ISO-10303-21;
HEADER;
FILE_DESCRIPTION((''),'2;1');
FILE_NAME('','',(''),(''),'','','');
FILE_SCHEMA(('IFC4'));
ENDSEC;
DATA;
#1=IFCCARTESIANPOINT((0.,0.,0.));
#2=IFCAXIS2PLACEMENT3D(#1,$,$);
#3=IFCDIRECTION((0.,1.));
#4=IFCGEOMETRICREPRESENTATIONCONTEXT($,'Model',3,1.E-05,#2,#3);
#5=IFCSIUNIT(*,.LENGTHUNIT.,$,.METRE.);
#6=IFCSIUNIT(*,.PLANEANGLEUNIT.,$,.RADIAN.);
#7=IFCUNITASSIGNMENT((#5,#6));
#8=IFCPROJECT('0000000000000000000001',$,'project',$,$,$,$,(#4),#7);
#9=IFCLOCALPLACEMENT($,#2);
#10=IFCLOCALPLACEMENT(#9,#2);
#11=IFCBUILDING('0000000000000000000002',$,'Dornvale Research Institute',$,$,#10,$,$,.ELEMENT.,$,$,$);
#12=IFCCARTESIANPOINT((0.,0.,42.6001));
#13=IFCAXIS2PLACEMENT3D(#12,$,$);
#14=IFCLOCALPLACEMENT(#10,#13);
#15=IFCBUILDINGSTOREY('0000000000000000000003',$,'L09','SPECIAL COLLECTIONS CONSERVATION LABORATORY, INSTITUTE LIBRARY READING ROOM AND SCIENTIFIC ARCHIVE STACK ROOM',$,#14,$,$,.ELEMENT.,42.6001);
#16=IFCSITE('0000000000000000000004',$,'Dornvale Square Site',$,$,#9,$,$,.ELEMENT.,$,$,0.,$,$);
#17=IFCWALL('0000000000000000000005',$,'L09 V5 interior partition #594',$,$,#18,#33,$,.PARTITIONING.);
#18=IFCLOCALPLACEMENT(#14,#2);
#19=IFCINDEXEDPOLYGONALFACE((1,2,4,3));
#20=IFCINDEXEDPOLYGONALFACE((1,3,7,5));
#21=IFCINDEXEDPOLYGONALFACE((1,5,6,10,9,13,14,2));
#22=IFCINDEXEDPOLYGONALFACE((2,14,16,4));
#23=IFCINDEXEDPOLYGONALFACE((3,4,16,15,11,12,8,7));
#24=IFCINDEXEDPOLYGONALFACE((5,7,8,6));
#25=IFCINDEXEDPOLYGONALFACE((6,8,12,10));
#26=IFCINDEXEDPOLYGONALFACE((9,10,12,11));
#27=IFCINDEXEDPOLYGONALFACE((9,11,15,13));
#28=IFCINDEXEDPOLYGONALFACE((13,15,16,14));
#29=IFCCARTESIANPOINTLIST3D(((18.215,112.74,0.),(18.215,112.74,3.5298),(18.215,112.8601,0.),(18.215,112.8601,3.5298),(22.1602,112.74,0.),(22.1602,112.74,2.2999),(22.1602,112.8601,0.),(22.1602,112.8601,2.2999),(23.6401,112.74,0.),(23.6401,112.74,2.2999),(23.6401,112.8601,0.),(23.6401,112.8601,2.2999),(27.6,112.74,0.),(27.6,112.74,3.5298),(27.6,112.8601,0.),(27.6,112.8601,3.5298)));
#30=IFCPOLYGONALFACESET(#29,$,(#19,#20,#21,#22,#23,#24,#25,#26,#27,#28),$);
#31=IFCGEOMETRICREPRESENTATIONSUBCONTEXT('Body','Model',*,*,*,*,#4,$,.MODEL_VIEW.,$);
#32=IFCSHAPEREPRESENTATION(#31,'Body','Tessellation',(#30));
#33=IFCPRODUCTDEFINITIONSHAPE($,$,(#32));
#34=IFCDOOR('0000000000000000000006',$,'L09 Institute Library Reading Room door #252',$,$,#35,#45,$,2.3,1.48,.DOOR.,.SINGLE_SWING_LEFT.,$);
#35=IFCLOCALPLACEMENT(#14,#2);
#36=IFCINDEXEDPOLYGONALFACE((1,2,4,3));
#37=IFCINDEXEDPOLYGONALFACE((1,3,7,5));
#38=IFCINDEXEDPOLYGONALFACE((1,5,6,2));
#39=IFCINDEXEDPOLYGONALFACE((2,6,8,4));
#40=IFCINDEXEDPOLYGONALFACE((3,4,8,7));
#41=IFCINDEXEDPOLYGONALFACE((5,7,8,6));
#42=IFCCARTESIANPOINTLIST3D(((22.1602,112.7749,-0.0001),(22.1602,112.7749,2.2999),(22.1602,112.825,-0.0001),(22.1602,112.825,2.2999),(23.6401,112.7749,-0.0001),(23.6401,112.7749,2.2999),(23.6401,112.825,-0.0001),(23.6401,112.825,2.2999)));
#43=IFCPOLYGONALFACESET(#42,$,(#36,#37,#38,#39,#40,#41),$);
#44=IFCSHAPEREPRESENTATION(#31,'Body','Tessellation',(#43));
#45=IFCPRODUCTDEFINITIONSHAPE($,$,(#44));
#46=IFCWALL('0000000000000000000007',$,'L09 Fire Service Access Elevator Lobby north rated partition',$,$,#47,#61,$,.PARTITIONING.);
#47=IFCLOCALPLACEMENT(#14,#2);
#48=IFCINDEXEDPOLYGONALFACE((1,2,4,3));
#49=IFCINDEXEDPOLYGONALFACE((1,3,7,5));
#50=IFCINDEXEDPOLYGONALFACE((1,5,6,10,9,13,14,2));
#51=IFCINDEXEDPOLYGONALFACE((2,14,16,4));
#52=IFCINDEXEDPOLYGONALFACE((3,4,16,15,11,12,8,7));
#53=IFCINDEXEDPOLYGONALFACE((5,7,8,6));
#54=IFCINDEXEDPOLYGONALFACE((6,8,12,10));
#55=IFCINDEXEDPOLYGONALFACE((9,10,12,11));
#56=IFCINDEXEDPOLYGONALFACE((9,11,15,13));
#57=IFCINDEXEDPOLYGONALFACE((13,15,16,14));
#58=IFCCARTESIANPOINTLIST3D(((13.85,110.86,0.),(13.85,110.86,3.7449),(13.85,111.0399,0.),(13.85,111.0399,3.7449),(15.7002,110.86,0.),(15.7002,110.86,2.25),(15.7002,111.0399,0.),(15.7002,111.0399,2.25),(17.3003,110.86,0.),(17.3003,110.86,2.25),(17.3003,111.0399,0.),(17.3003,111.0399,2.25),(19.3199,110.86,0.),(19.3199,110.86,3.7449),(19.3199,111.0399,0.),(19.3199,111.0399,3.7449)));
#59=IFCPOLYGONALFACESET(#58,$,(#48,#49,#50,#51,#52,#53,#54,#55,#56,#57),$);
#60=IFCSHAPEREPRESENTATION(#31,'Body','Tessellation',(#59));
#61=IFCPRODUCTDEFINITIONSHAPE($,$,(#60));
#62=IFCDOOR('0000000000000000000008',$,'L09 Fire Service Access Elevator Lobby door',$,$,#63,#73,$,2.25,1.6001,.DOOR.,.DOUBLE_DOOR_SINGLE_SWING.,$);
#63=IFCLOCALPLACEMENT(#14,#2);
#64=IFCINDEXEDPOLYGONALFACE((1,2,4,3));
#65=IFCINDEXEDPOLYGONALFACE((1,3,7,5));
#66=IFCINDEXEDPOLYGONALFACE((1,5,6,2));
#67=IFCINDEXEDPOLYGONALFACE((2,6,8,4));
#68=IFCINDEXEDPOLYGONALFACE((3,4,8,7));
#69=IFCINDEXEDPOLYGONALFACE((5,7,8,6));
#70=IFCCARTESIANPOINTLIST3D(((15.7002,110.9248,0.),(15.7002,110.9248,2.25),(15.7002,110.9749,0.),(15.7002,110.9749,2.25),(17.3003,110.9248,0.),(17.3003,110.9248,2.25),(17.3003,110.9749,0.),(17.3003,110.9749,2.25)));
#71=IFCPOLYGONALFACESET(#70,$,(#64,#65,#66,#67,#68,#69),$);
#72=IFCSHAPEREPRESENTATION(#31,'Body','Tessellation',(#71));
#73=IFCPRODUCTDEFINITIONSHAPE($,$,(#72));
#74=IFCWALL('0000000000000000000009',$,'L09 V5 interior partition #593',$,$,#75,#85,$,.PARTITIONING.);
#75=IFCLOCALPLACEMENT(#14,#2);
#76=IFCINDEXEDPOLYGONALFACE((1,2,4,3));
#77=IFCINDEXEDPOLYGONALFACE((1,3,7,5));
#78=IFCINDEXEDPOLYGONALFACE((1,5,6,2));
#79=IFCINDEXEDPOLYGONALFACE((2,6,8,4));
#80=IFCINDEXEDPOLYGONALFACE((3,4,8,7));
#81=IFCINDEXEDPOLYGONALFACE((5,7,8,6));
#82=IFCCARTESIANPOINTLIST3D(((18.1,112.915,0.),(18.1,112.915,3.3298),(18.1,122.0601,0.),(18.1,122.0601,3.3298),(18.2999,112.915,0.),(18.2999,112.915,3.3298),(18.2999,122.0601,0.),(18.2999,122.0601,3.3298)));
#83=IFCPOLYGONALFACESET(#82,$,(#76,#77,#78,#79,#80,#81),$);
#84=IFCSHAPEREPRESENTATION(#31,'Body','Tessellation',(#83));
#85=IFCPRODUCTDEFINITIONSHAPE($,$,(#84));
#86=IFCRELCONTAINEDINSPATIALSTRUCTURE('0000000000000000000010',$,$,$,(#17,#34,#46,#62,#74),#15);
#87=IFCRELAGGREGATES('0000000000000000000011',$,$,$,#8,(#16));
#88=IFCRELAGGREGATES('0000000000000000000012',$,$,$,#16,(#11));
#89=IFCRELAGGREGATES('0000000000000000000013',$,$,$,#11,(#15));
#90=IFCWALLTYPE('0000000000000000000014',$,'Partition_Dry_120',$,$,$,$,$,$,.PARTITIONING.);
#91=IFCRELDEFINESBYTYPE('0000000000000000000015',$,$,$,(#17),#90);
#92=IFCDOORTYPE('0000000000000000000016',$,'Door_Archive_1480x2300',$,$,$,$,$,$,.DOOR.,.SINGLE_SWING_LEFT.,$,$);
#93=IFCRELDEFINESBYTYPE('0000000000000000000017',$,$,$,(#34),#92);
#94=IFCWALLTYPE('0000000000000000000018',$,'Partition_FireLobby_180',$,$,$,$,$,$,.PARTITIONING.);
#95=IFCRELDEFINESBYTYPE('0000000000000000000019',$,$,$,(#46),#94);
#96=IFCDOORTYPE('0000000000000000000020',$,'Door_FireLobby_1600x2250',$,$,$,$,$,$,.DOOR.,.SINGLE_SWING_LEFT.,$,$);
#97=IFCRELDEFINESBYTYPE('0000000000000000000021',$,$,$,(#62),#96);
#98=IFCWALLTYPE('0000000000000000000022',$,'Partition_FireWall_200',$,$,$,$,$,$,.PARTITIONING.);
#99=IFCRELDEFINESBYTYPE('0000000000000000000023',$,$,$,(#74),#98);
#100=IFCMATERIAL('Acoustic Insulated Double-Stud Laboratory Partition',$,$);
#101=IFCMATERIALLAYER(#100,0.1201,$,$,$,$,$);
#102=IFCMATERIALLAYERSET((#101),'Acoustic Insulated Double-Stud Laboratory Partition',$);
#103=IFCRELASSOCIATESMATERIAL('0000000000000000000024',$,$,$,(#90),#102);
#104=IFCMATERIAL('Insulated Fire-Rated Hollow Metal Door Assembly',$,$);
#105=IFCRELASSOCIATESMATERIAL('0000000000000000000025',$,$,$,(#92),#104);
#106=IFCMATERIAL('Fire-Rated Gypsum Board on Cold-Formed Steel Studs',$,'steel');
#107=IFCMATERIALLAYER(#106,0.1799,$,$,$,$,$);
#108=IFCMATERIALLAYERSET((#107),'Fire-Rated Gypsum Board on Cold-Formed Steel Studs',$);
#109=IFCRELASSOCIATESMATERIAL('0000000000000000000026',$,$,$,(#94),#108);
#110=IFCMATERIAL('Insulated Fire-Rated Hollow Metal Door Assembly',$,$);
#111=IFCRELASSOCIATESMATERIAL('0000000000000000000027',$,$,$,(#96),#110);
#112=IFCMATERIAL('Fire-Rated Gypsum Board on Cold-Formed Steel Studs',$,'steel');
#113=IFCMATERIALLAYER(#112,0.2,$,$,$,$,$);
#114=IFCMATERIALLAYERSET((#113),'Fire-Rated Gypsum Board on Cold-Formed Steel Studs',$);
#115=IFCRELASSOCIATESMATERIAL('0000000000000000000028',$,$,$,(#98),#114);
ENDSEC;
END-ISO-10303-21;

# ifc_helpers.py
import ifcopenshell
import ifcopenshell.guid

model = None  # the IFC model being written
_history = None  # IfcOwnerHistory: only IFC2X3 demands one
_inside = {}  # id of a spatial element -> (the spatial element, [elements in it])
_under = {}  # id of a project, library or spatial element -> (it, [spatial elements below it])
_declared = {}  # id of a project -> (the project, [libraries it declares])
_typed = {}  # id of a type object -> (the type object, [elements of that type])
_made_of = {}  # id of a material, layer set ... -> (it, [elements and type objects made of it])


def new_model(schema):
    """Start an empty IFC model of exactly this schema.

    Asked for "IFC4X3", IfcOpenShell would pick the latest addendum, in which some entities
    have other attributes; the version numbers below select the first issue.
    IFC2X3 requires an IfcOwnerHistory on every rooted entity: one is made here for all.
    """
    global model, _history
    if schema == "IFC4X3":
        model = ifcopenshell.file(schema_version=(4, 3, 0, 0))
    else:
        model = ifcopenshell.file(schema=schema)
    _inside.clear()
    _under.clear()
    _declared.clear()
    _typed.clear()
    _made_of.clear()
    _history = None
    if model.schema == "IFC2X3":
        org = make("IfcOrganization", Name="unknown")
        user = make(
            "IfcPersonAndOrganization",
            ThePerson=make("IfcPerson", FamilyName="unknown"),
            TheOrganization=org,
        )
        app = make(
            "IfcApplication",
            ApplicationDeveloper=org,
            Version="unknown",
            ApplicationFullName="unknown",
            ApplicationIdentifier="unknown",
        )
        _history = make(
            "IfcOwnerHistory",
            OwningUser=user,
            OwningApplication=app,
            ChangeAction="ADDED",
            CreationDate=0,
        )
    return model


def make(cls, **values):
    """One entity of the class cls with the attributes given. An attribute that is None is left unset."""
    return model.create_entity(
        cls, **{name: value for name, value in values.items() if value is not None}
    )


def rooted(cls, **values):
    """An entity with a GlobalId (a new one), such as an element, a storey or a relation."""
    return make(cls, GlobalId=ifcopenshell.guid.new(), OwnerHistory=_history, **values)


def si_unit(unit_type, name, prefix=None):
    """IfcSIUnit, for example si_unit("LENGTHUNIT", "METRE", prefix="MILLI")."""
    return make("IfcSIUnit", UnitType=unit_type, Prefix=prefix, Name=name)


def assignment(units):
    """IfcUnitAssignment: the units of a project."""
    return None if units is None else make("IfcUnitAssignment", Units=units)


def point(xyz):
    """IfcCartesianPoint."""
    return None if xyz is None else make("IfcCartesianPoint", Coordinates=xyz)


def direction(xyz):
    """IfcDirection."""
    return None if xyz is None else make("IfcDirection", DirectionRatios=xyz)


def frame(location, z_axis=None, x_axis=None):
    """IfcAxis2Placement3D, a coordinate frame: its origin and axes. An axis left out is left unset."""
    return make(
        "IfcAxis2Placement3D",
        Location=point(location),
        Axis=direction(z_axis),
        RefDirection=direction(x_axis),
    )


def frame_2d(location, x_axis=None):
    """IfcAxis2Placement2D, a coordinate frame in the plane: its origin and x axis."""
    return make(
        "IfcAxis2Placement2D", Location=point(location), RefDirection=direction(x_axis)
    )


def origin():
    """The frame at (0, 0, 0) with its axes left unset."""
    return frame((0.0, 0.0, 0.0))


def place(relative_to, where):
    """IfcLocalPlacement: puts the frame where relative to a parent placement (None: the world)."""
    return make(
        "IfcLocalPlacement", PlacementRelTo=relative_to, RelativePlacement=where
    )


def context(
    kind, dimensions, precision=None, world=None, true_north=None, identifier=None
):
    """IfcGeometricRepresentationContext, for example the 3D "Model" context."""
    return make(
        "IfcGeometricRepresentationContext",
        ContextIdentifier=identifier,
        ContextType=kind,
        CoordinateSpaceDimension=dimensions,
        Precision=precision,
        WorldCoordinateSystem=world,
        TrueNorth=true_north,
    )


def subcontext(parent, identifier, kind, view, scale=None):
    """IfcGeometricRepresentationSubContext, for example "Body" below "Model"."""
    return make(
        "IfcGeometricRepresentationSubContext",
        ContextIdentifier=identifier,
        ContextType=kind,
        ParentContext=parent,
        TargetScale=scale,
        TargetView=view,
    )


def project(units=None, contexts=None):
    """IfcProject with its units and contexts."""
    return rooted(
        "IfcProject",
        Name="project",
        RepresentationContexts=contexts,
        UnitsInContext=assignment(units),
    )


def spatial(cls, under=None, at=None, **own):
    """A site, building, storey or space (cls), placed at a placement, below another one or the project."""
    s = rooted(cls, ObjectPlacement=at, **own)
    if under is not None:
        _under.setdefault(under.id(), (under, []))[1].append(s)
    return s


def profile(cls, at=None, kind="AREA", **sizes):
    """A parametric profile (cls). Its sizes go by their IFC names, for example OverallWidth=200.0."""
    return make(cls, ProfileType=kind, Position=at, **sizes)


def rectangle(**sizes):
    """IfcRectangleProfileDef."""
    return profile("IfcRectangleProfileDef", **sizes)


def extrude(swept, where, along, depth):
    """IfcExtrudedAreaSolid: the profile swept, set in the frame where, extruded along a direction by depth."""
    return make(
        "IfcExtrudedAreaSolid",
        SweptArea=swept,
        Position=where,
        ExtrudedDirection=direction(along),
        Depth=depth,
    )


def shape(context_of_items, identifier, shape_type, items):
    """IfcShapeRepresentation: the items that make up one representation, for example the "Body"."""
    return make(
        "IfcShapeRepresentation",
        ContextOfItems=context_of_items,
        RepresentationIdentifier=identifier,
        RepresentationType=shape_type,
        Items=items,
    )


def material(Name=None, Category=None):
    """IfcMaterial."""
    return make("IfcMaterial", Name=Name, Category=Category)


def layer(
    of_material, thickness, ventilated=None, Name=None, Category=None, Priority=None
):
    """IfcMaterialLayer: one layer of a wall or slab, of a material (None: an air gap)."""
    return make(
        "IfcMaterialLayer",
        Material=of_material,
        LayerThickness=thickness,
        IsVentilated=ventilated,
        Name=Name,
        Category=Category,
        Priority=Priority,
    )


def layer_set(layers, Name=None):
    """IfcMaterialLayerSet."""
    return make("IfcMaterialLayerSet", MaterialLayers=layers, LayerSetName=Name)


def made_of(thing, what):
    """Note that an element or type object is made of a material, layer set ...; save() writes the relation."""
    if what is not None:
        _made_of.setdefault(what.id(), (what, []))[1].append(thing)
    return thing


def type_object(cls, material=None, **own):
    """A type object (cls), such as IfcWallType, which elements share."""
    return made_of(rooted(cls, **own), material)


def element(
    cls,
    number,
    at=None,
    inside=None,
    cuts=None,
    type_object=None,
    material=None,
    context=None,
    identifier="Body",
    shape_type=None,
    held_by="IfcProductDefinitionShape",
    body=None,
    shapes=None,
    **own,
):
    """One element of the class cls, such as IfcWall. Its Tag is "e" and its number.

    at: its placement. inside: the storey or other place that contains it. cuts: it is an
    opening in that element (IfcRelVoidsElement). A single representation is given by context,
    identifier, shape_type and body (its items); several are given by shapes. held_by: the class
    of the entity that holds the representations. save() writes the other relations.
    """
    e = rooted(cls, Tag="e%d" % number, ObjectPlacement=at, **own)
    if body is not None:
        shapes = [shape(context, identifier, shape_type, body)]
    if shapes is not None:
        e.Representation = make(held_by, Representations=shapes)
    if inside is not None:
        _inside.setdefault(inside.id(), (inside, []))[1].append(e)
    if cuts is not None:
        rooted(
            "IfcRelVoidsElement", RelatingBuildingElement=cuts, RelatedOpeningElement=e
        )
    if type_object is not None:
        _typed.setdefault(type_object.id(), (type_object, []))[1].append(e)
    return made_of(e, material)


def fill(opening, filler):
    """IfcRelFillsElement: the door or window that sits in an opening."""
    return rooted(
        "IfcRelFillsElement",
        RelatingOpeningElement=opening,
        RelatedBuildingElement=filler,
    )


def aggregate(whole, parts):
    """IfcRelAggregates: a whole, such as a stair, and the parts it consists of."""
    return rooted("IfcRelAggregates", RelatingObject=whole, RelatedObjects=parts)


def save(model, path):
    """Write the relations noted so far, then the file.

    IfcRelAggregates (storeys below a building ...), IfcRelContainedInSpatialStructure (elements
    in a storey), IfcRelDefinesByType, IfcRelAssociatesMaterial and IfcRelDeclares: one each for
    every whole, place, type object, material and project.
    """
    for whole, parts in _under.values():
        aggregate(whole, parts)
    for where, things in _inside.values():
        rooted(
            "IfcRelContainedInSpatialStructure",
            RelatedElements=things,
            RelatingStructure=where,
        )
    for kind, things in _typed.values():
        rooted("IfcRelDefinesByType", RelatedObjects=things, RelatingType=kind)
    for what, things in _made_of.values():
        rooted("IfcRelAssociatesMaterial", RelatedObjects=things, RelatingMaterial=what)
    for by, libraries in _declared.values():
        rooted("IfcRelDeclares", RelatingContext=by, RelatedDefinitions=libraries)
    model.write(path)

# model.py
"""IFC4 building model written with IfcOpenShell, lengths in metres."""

from ifc_helpers import new_model, si_unit, direction, frame, frame_2d, origin, place, context, subcontext, project, spatial, rectangle, extrude, material, layer, layer_set, type_object, element, fill, save


model = new_model("IFC4")

# Units and contexts
model_context = context("Model", 3, precision=1e-05, world=origin(), true_north=direction((0.0, 1.0)))
body_context = subcontext(model_context, "Body", "Model", "MODEL_VIEW")
ifc_project = project(units=[si_unit("LENGTHUNIT", "METRE"), si_unit("PLANEANGLEUNIT", "RADIAN")], contexts=[model_context])

# Site, building, storey
site_placement = place(None, origin())
site = spatial("IfcSite", under=ifc_project, at=site_placement, Name="Dornvale Square Site", CompositionType="ELEMENT", RefElevation=0.0)
building_placement = place(site_placement, origin())
building = spatial("IfcBuilding", under=site, at=building_placement, Name="Dornvale Research Institute", CompositionType="ELEMENT")
storey_placement = place(building_placement, frame((0.0, 0.0, 42.6001)))
storey = spatial("IfcBuildingStorey", under=building, at=storey_placement, Name="L09", Description="SPECIAL COLLECTIONS CONSERVATION LABORATORY, INSTITUTE LIBRARY READING ROOM AND SCIENTIFIC ARCHIVE STACK ROOM", CompositionType="ELEMENT", Elevation=42.6001)

# Walls, openings, doors
ifc_material_1 = material(Name="Acoustic Insulated Double-Stud Laboratory Partition")
ifc_layer_1 = layer(ifc_material_1, 0.1201)
ifc_layer_set_1 = layer_set([ifc_layer_1], Name="Acoustic Insulated Double-Stud Laboratory Partition")
wall_type_1 = type_object("IfcWallType", Name="Partition_Dry_120", PredefinedType="PARTITIONING", material=ifc_layer_set_1)
wall_1_placement = place(storey_placement, frame((18.2151, 112.8, 0.0), z_axis=(0.0, 0.0, 1.0), x_axis=(1.0, 0.0, 0.0)))
wall_1 = element("IfcWall", 1, at=wall_1_placement, inside=storey, type_object=wall_type_1, Name="L09 V5 interior partition #594", PredefinedType="PARTITIONING", context=body_context, shape_type="SweptSolid", body=[
    extrude(rectangle(XDim=9.385, YDim=0.1201, at=frame_2d((4.6924, 0.0))), origin(), (0.0, 0.0, 1.0), 3.5298),
])
opening_1_placement = place(wall_1_placement, frame((3.9451, 0.0, 0.0)))
opening_1 = element("IfcOpeningElement", 2, at=opening_1_placement, cuts=wall_1, PredefinedType="OPENING", context=body_context, shape_type="SweptSolid", body=[
    extrude(rectangle(XDim=1.48, YDim=2.3, at=frame_2d((0.74, 1.1499))), frame((0.0, 0.075, 0.0), z_axis=(0.0, -1.0, 0.0), x_axis=(1.0, 0.0, 0.0)), (0.0, 0.0, 1.0), 0.1501),
])
ifc_material_2 = material(Name="Insulated Fire-Rated Hollow Metal Door Assembly")
door_type_1 = type_object("IfcDoorType", Name="Door_Archive_1480x2300", OperationType="SINGLE_SWING_LEFT", PredefinedType="DOOR", material=ifc_material_2)
door_1_placement = place(opening_1_placement, origin())
door_1 = element("IfcDoor", 3, at=door_1_placement, inside=storey, type_object=door_type_1, Name="L09 Institute Library Reading Room door #252", OperationType="SINGLE_SWING_LEFT", OverallHeight=2.3, OverallWidth=1.48, PredefinedType="DOOR", context=body_context, shape_type="SweptSolid", body=[
    extrude(rectangle(XDim=1.48, YDim=2.3, at=frame_2d((0.74, 1.1499))), frame((0.0, 0.0249, 0.0), z_axis=(0.0, -1.0, 0.0), x_axis=(1.0, 0.0, 0.0)), (0.0, 0.0, 1.0), 0.05),
])
fill(opening_1, door_1)
ifc_material_3 = material(Name="Fire-Rated Gypsum Board on Cold-Formed Steel Studs", Category="steel")
ifc_layer_2 = layer(ifc_material_3, 0.1799)
ifc_layer_set_2 = layer_set([ifc_layer_2], Name="Fire-Rated Gypsum Board on Cold-Formed Steel Studs")
wall_type_2 = type_object("IfcWallType", Name="Partition_FireLobby_180", PredefinedType="PARTITIONING", material=ifc_layer_set_2)
wall_2_placement = place(storey_placement, frame((13.8501, 110.95, 0.0), z_axis=(0.0, 0.0, 1.0), x_axis=(1.0, 0.0, 0.0)))
wall_2 = element("IfcWall", 4, at=wall_2_placement, inside=storey, type_object=wall_type_2, Name="L09 Fire Service Access Elevator Lobby north rated partition", PredefinedType="PARTITIONING", context=body_context, shape_type="SweptSolid", body=[
    extrude(rectangle(XDim=5.47, YDim=0.1799, at=frame_2d((2.7349, 0.0))), origin(), (0.0, 0.0, 1.0), 3.7449),
])
opening_2_placement = place(wall_2_placement, frame((1.8501, 0.0, 0.0)))
opening_2 = element("IfcOpeningElement", 5, at=opening_2_placement, cuts=wall_2, PredefinedType="OPENING", context=body_context, shape_type="SweptSolid", body=[
    extrude(rectangle(XDim=1.6001, YDim=2.25, at=frame_2d((0.8, 1.125))), frame((0.0, 0.105, 0.0), z_axis=(0.0, -1.0, 0.0), x_axis=(1.0, 0.0, 0.0)), (0.0, 0.0, 1.0), 0.21),
])
ifc_material_4 = material(Name="Insulated Fire-Rated Hollow Metal Door Assembly")
door_type_2 = type_object("IfcDoorType", Name="Door_FireLobby_1600x2250", OperationType="SINGLE_SWING_LEFT", PredefinedType="DOOR", material=ifc_material_4)
door_2_placement = place(opening_2_placement, origin())
door_2 = element("IfcDoor", 6, at=door_2_placement, inside=storey, type_object=door_type_2, Name="L09 Fire Service Access Elevator Lobby door", OperationType="DOUBLE_DOOR_SINGLE_SWING", OverallHeight=2.25, OverallWidth=1.6001, PredefinedType="DOOR", context=body_context, shape_type="SweptSolid", body=[
    extrude(rectangle(XDim=1.6001, YDim=2.25, at=frame_2d((0.8, 1.125))), frame((0.0, 0.0249, 0.0), z_axis=(0.0, -1.0, 0.0), x_axis=(1.0, 0.0, 0.0)), (0.0, 0.0, 1.0), 0.05),
])
fill(opening_2, door_2)

# Wall
ifc_material_5 = material(Name="Fire-Rated Gypsum Board on Cold-Formed Steel Studs", Category="steel")
ifc_layer_3 = layer(ifc_material_5, 0.2)
ifc_layer_set_3 = layer_set([ifc_layer_3], Name="Fire-Rated Gypsum Board on Cold-Formed Steel Studs")
wall_type_3 = type_object("IfcWallType", Name="Partition_FireWall_200", PredefinedType="PARTITIONING", material=ifc_layer_set_3)
wall_3_placement = place(storey_placement, frame((18.2, 112.915, 0.0), z_axis=(0.0, 0.0, 1.0), x_axis=(0.0, 1.0, 0.0)))
element("IfcWall", 7, at=wall_3_placement, inside=storey, type_object=wall_type_3, Name="L09 V5 interior partition #593", PredefinedType="PARTITIONING", context=body_context, shape_type="SweptSolid", body=[
    extrude(rectangle(XDim=9.145, YDim=0.2, at=frame_2d((4.5725, 0.0))), origin(), (0.0, 0.0, 1.0), 3.3298),
])

save(model, "model.ifc")
